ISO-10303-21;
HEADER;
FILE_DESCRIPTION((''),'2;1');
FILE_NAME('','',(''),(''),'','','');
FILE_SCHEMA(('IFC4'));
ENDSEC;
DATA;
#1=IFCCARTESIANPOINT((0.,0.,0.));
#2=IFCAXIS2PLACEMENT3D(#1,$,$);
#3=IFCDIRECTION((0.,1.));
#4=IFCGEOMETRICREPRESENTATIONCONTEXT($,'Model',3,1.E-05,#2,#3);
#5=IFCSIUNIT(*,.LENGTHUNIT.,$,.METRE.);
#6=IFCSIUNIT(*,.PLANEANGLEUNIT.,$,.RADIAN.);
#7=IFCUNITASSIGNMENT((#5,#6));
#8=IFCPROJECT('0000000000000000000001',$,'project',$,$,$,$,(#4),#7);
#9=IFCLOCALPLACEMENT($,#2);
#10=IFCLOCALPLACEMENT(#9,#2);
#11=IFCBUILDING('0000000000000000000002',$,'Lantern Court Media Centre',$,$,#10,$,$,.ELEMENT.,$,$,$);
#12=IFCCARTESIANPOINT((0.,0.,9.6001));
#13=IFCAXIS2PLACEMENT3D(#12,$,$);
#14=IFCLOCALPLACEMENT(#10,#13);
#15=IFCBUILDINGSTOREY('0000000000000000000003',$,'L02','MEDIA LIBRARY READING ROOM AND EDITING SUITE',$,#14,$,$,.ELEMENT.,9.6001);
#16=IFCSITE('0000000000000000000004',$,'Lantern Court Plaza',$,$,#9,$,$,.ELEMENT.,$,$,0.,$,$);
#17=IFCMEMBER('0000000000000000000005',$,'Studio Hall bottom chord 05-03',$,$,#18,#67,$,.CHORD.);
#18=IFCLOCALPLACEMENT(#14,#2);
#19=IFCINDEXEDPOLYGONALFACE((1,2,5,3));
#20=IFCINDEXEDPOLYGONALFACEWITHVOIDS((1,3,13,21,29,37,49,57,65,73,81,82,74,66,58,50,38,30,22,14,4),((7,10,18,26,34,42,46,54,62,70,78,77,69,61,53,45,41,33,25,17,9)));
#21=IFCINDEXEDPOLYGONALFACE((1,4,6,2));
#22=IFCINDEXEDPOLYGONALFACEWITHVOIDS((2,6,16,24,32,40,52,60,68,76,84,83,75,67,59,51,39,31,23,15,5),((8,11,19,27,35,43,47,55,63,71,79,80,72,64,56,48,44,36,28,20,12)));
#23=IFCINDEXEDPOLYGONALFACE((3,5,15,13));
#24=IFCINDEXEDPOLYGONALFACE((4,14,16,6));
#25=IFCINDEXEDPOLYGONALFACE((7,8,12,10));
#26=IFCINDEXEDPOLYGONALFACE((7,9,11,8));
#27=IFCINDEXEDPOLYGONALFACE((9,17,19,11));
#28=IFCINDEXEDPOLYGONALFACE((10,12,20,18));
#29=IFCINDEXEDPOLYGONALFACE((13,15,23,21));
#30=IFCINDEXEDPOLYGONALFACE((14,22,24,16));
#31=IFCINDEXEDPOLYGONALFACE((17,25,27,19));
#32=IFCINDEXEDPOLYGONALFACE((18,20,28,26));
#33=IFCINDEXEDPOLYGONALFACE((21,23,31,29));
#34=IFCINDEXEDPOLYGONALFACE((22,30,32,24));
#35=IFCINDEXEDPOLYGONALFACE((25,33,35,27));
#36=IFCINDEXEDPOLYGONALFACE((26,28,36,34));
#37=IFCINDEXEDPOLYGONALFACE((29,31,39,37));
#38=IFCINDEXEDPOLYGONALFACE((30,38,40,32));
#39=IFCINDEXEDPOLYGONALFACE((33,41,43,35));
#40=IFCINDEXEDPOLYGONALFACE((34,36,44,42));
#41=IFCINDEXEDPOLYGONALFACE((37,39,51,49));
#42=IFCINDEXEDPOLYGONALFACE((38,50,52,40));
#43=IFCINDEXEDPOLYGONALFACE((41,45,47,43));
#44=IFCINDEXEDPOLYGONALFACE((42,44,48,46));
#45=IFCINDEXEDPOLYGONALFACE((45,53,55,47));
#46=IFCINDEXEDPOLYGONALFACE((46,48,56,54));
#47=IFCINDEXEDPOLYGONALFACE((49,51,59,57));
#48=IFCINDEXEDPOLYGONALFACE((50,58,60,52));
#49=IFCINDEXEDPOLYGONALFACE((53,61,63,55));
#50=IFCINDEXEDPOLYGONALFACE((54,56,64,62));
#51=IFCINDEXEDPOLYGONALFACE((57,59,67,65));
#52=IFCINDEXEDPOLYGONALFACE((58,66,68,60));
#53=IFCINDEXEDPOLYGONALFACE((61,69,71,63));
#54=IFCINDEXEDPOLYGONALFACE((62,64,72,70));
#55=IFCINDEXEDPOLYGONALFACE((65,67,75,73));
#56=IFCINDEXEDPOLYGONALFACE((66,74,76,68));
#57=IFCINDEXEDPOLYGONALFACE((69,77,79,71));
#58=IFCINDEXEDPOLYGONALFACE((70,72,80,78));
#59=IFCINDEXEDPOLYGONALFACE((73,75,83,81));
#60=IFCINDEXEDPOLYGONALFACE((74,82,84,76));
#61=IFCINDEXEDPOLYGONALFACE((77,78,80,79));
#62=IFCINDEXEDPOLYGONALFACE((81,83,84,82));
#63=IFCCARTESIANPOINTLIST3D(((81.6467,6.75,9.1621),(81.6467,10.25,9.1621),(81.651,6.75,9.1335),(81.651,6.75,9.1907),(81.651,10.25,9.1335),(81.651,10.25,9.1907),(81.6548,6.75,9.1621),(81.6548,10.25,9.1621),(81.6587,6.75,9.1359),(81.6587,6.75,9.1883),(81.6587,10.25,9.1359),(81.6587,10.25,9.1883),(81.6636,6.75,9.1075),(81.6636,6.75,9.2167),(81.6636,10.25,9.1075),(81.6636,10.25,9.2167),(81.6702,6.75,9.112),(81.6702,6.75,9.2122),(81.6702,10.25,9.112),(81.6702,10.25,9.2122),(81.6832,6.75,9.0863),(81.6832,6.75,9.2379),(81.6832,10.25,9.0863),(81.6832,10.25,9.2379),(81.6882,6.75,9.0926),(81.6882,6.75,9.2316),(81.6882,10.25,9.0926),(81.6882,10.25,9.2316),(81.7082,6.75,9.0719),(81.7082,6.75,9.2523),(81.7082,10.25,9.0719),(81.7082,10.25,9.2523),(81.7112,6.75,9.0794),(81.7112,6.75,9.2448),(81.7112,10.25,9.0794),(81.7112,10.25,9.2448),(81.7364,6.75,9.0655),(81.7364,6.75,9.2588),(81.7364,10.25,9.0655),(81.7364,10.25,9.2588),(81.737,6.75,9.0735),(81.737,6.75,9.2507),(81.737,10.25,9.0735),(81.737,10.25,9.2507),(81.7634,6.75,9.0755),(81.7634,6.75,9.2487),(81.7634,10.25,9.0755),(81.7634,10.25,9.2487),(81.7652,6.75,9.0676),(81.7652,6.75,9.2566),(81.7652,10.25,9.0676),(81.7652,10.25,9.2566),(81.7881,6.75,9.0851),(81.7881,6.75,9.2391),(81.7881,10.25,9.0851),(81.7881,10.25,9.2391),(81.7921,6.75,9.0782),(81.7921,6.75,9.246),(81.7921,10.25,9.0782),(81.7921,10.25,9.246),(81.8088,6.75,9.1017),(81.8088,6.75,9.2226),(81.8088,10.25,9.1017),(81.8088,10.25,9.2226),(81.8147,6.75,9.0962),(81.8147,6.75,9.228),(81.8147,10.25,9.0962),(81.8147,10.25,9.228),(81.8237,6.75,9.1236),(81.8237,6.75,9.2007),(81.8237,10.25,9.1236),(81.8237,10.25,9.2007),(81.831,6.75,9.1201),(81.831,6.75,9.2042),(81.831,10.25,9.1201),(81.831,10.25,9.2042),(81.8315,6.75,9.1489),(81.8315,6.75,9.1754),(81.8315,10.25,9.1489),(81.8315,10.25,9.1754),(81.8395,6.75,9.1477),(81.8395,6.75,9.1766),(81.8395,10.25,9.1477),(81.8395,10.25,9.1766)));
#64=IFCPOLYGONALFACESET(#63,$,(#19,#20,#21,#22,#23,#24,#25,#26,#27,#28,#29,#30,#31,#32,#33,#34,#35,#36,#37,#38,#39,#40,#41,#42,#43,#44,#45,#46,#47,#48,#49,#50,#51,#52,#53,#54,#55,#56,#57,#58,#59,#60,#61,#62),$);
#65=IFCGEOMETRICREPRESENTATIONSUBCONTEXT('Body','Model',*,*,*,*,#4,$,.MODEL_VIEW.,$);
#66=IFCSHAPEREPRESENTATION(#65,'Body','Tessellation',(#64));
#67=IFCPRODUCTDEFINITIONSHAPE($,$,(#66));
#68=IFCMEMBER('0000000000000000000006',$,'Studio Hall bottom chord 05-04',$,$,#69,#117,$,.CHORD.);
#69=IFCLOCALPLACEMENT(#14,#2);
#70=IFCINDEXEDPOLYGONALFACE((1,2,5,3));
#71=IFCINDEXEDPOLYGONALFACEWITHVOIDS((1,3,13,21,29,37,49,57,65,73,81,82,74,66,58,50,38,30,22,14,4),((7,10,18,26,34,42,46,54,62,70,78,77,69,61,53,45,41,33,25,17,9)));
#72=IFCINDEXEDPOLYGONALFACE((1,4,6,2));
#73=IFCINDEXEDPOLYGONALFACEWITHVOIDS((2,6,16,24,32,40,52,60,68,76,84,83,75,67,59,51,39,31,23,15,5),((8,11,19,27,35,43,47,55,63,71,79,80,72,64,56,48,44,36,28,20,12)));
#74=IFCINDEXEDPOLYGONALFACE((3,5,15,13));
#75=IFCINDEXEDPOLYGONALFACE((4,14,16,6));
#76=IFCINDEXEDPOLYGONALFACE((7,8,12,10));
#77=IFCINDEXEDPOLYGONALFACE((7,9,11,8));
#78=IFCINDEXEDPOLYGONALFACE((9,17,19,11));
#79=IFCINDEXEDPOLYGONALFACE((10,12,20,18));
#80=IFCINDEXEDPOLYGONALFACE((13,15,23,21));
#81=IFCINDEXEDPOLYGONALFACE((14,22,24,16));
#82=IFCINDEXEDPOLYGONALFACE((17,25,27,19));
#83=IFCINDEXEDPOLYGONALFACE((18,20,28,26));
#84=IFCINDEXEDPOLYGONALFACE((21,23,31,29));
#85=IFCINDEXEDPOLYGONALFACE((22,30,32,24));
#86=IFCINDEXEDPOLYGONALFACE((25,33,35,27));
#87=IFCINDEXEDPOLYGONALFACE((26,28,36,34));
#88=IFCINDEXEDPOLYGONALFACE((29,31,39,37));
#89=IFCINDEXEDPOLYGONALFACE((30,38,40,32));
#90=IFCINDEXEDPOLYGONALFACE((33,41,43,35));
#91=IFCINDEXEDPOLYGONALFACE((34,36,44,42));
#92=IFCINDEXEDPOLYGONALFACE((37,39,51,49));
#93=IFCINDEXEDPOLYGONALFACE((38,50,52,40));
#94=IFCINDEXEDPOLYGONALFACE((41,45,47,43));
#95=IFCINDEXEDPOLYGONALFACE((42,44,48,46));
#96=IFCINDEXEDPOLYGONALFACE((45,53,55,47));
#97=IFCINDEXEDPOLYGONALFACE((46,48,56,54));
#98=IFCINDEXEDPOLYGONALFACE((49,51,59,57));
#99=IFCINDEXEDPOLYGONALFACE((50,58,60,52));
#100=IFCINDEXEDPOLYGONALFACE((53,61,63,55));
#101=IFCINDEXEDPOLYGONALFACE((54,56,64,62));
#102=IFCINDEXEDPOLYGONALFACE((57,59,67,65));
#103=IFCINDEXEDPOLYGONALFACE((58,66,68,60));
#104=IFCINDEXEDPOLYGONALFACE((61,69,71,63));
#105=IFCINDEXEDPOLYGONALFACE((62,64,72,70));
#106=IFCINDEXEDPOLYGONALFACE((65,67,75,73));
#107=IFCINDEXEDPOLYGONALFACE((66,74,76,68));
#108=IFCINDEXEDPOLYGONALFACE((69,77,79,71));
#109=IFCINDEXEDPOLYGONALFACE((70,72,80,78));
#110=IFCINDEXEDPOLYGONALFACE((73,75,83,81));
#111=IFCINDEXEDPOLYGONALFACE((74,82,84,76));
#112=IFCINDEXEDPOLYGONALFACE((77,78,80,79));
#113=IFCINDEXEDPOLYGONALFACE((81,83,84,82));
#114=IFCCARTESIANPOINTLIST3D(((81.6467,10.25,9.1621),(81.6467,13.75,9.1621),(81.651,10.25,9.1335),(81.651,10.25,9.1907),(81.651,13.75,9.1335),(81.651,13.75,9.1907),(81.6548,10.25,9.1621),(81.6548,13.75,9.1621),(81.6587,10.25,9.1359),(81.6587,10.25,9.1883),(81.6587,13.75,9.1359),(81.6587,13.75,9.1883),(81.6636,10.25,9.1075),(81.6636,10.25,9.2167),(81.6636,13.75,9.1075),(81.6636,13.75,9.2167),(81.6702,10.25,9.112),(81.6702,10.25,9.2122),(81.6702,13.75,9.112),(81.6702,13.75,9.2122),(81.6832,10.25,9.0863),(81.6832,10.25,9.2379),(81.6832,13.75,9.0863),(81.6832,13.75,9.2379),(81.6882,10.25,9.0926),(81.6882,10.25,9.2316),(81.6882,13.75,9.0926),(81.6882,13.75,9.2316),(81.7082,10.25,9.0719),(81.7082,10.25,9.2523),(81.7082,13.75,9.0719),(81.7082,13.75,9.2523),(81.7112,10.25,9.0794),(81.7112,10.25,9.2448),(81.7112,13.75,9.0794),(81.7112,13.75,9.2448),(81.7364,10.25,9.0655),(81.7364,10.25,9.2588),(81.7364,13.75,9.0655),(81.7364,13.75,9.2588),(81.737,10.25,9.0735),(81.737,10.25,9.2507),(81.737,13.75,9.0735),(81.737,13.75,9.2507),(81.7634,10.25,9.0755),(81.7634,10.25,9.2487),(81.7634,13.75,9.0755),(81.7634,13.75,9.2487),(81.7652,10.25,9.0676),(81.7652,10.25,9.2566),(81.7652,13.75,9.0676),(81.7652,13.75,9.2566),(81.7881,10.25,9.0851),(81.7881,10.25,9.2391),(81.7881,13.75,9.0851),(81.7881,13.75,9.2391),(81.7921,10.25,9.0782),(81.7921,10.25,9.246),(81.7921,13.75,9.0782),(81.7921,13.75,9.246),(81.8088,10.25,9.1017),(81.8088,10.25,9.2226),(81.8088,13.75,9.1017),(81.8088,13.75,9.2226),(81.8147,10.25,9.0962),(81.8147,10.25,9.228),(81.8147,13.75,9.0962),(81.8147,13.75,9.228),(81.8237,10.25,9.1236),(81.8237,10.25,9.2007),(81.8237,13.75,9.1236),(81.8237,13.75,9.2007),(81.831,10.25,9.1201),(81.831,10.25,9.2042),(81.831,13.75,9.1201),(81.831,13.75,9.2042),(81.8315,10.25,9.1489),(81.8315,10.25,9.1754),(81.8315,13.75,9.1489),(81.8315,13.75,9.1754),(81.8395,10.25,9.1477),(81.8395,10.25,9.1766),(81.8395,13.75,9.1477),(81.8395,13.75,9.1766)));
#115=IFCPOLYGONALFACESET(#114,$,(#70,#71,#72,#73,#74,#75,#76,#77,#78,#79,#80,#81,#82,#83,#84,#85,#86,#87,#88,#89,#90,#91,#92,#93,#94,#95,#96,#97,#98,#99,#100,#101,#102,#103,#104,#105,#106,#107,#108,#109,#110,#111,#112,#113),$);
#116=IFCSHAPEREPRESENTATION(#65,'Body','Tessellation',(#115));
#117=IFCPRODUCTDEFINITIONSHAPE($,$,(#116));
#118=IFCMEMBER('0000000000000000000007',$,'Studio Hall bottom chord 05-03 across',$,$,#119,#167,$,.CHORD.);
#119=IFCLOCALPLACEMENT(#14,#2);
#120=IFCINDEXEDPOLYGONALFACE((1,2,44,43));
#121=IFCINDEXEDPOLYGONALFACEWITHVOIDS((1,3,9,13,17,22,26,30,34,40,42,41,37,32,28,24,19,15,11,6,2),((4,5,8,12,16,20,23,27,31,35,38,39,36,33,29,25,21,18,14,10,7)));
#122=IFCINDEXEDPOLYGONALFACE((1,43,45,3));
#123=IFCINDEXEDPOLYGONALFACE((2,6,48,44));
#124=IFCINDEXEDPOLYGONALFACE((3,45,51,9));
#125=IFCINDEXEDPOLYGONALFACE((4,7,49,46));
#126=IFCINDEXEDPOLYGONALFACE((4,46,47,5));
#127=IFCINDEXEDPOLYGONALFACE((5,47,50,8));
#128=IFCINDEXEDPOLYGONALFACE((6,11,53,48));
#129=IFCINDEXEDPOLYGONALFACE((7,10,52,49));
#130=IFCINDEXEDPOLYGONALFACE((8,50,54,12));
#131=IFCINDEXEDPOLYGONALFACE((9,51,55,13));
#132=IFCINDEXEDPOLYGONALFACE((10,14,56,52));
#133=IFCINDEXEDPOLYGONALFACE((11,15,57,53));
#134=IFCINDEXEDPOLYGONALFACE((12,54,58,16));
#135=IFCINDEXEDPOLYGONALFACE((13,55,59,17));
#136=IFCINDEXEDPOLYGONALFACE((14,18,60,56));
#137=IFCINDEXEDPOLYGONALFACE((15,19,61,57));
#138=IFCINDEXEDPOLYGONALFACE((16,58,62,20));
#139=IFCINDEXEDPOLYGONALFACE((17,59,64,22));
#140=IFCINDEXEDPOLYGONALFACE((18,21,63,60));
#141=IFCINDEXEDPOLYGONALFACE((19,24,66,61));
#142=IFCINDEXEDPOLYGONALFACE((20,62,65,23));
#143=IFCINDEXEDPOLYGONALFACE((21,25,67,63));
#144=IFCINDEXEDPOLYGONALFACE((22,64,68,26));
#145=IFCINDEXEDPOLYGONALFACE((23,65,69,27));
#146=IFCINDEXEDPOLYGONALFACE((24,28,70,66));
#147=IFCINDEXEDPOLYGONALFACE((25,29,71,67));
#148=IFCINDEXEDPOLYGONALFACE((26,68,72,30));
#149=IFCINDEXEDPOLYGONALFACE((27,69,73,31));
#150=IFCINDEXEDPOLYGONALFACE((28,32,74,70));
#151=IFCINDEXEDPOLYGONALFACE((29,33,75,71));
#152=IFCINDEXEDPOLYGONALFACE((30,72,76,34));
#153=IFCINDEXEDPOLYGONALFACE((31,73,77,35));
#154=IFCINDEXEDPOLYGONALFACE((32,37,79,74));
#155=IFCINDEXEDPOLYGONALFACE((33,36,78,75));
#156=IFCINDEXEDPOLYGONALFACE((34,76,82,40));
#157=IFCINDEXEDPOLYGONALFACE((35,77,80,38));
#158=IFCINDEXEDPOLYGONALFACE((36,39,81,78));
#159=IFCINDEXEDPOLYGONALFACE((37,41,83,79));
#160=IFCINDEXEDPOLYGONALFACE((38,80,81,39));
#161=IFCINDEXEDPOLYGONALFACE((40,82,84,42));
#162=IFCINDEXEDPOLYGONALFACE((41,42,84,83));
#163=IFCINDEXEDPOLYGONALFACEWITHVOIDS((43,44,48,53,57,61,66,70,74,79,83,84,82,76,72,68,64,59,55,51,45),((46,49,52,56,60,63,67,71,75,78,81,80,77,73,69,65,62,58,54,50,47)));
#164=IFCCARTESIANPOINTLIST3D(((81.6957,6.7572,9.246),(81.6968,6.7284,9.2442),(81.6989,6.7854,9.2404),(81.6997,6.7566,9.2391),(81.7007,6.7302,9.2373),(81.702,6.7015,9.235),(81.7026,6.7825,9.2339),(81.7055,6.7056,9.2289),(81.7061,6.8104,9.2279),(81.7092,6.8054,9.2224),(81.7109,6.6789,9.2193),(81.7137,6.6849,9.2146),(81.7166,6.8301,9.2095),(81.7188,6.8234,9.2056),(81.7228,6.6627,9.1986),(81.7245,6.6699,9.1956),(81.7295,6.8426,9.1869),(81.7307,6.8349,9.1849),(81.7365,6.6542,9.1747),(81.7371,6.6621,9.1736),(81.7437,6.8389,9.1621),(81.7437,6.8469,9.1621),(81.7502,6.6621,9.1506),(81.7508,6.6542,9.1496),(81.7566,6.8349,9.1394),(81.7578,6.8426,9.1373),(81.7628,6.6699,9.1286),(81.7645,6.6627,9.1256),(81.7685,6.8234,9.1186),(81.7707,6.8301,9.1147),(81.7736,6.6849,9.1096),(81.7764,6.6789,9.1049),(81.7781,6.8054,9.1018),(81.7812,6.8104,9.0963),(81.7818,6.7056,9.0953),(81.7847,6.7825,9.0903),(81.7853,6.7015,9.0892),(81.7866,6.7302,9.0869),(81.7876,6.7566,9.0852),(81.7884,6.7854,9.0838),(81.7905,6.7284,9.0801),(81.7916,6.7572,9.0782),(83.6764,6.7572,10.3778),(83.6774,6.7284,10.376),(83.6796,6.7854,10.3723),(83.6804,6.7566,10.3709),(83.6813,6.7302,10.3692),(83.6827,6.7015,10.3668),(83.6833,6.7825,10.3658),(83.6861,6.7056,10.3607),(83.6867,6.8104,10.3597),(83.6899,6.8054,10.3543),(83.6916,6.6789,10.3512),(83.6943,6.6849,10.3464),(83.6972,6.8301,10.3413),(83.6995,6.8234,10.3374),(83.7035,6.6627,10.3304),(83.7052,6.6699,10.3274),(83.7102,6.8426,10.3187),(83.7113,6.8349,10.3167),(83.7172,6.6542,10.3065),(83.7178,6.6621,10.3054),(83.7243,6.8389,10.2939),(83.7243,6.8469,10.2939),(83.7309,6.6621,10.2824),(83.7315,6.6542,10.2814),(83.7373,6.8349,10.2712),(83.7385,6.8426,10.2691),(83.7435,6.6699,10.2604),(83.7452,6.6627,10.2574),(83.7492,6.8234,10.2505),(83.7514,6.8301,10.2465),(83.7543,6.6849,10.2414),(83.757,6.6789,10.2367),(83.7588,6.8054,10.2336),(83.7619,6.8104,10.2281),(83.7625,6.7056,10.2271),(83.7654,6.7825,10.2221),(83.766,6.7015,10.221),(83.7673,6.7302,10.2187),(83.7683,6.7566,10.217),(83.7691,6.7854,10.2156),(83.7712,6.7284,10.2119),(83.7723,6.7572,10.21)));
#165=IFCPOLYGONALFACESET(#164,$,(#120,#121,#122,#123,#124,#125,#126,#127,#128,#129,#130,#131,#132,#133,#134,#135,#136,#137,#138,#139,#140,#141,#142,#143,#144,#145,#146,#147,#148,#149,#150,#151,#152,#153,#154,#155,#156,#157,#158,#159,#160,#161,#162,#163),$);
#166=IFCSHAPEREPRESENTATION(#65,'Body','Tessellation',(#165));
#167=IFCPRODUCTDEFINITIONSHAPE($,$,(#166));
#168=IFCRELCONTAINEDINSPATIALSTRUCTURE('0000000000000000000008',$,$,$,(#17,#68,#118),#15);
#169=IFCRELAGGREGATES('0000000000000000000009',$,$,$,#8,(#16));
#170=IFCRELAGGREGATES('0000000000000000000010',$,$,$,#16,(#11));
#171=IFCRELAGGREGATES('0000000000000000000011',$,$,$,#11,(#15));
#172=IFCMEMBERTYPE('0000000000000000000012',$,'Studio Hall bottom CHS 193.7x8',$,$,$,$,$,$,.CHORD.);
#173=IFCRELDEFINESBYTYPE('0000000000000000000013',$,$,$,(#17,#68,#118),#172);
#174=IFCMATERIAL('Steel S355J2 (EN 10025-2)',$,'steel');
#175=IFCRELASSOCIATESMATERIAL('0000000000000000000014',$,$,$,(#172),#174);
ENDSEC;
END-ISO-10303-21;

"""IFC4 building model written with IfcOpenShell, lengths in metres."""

from ifc_helpers import new_model, si_unit, direction, frame, origin, origin_2d, place, context, subcontext, project, spatial, hollow_circle, extrude, material, material_profile, profile_set, type_object, element, save


model = new_model("IFC4")

# Units and contexts
model_context = context("Model", 3, precision=1e-05, world=origin(), true_north=direction((0.0, 1.0)))
body_context = subcontext(model_context, "Body", "Model", "MODEL_VIEW")
ifc_project = project(units=[si_unit("LENGTHUNIT", "METRE"), si_unit("PLANEANGLEUNIT", "RADIAN")], contexts=[model_context])

# Site, building, storey
site_placement = place(None, origin())
site = spatial("IfcSite", under=ifc_project, at=site_placement, Name="Lantern Court Plaza", CompositionType="ELEMENT", RefElevation=0.0)
building_placement = place(site_placement, origin())
building = spatial("IfcBuilding", under=site, at=building_placement, Name="Lantern Court Media Centre", CompositionType="ELEMENT")
storey_placement = place(building_placement, frame((0.0, 0.0, 9.6001)))
storey = spatial("IfcBuildingStorey", under=building, at=storey_placement, Name="L02", Description="MEDIA LIBRARY READING ROOM AND EDITING SUITE", CompositionType="ELEMENT", Elevation=9.6001)

# Members
ifc_material = material(Name="Steel S355J2 (EN 10025-2)", Category="steel")
ifc_material_profile_1 = material_profile(ifc_material, hollow_circle(Radius=0.0969, WallThickness=0.0081, at=origin_2d()), Name="Studio Hall bottom CHS 193.7x8")
ifc_profile_set_1 = profile_set([ifc_material_profile_1], Name="Steel S355J2 (EN 10025-2)")
member_type_1 = type_object("IfcMemberType", Name="Studio Hall bottom CHS 193.7x8", PredefinedType="CHORD", material=ifc_profile_set_1)
for number, where, z_axis, x_axis, name in (
    (1, (81.7437, 6.75, 9.1621), (0.0, 1.0, 0.0), (-1.0, 0.0, 0.0), "Studio Hall bottom chord 05-03"),
    (2, (81.7437, 10.25, 9.1621), (0.0, 1.0, 0.0), (-1.0, 0.0, 0.0), "Studio Hall bottom chord 05-04"),
):
    element("IfcMember", number, at=place(storey_placement, frame(where, z_axis=z_axis, x_axis=x_axis)), inside=storey, type_object=member_type_1, Name=name, PredefinedType="CHORD", context=body_context, shape_type="SweptSolid", body=[
        extrude(hollow_circle(Radius=0.0969, WallThickness=0.0081, at=origin_2d()), origin(), (0.0, 0.0, 1.0), 3.5),
    ])
for number, where, z_axis, x_axis, name in (
    (3, (81.7437, 6.75, 9.1621), (0.868243, 0.0, 0.496139), (0.0, 1.0, 0.0), "Studio Hall bottom chord 05-03 across"),
):
    element("IfcMember", number, at=place(storey_placement, frame(where, z_axis=z_axis, x_axis=x_axis)), inside=storey, type_object=member_type_1, Name=name, PredefinedType="CHORD", context=body_context, shape_type="SweptSolid", body=[
        extrude(hollow_circle(Radius=0.0969, WallThickness=0.0081, at=origin_2d()), origin(), (0.0, 0.0, 1.0), 2.2812),
    ])

save(model, "model.ifc")
